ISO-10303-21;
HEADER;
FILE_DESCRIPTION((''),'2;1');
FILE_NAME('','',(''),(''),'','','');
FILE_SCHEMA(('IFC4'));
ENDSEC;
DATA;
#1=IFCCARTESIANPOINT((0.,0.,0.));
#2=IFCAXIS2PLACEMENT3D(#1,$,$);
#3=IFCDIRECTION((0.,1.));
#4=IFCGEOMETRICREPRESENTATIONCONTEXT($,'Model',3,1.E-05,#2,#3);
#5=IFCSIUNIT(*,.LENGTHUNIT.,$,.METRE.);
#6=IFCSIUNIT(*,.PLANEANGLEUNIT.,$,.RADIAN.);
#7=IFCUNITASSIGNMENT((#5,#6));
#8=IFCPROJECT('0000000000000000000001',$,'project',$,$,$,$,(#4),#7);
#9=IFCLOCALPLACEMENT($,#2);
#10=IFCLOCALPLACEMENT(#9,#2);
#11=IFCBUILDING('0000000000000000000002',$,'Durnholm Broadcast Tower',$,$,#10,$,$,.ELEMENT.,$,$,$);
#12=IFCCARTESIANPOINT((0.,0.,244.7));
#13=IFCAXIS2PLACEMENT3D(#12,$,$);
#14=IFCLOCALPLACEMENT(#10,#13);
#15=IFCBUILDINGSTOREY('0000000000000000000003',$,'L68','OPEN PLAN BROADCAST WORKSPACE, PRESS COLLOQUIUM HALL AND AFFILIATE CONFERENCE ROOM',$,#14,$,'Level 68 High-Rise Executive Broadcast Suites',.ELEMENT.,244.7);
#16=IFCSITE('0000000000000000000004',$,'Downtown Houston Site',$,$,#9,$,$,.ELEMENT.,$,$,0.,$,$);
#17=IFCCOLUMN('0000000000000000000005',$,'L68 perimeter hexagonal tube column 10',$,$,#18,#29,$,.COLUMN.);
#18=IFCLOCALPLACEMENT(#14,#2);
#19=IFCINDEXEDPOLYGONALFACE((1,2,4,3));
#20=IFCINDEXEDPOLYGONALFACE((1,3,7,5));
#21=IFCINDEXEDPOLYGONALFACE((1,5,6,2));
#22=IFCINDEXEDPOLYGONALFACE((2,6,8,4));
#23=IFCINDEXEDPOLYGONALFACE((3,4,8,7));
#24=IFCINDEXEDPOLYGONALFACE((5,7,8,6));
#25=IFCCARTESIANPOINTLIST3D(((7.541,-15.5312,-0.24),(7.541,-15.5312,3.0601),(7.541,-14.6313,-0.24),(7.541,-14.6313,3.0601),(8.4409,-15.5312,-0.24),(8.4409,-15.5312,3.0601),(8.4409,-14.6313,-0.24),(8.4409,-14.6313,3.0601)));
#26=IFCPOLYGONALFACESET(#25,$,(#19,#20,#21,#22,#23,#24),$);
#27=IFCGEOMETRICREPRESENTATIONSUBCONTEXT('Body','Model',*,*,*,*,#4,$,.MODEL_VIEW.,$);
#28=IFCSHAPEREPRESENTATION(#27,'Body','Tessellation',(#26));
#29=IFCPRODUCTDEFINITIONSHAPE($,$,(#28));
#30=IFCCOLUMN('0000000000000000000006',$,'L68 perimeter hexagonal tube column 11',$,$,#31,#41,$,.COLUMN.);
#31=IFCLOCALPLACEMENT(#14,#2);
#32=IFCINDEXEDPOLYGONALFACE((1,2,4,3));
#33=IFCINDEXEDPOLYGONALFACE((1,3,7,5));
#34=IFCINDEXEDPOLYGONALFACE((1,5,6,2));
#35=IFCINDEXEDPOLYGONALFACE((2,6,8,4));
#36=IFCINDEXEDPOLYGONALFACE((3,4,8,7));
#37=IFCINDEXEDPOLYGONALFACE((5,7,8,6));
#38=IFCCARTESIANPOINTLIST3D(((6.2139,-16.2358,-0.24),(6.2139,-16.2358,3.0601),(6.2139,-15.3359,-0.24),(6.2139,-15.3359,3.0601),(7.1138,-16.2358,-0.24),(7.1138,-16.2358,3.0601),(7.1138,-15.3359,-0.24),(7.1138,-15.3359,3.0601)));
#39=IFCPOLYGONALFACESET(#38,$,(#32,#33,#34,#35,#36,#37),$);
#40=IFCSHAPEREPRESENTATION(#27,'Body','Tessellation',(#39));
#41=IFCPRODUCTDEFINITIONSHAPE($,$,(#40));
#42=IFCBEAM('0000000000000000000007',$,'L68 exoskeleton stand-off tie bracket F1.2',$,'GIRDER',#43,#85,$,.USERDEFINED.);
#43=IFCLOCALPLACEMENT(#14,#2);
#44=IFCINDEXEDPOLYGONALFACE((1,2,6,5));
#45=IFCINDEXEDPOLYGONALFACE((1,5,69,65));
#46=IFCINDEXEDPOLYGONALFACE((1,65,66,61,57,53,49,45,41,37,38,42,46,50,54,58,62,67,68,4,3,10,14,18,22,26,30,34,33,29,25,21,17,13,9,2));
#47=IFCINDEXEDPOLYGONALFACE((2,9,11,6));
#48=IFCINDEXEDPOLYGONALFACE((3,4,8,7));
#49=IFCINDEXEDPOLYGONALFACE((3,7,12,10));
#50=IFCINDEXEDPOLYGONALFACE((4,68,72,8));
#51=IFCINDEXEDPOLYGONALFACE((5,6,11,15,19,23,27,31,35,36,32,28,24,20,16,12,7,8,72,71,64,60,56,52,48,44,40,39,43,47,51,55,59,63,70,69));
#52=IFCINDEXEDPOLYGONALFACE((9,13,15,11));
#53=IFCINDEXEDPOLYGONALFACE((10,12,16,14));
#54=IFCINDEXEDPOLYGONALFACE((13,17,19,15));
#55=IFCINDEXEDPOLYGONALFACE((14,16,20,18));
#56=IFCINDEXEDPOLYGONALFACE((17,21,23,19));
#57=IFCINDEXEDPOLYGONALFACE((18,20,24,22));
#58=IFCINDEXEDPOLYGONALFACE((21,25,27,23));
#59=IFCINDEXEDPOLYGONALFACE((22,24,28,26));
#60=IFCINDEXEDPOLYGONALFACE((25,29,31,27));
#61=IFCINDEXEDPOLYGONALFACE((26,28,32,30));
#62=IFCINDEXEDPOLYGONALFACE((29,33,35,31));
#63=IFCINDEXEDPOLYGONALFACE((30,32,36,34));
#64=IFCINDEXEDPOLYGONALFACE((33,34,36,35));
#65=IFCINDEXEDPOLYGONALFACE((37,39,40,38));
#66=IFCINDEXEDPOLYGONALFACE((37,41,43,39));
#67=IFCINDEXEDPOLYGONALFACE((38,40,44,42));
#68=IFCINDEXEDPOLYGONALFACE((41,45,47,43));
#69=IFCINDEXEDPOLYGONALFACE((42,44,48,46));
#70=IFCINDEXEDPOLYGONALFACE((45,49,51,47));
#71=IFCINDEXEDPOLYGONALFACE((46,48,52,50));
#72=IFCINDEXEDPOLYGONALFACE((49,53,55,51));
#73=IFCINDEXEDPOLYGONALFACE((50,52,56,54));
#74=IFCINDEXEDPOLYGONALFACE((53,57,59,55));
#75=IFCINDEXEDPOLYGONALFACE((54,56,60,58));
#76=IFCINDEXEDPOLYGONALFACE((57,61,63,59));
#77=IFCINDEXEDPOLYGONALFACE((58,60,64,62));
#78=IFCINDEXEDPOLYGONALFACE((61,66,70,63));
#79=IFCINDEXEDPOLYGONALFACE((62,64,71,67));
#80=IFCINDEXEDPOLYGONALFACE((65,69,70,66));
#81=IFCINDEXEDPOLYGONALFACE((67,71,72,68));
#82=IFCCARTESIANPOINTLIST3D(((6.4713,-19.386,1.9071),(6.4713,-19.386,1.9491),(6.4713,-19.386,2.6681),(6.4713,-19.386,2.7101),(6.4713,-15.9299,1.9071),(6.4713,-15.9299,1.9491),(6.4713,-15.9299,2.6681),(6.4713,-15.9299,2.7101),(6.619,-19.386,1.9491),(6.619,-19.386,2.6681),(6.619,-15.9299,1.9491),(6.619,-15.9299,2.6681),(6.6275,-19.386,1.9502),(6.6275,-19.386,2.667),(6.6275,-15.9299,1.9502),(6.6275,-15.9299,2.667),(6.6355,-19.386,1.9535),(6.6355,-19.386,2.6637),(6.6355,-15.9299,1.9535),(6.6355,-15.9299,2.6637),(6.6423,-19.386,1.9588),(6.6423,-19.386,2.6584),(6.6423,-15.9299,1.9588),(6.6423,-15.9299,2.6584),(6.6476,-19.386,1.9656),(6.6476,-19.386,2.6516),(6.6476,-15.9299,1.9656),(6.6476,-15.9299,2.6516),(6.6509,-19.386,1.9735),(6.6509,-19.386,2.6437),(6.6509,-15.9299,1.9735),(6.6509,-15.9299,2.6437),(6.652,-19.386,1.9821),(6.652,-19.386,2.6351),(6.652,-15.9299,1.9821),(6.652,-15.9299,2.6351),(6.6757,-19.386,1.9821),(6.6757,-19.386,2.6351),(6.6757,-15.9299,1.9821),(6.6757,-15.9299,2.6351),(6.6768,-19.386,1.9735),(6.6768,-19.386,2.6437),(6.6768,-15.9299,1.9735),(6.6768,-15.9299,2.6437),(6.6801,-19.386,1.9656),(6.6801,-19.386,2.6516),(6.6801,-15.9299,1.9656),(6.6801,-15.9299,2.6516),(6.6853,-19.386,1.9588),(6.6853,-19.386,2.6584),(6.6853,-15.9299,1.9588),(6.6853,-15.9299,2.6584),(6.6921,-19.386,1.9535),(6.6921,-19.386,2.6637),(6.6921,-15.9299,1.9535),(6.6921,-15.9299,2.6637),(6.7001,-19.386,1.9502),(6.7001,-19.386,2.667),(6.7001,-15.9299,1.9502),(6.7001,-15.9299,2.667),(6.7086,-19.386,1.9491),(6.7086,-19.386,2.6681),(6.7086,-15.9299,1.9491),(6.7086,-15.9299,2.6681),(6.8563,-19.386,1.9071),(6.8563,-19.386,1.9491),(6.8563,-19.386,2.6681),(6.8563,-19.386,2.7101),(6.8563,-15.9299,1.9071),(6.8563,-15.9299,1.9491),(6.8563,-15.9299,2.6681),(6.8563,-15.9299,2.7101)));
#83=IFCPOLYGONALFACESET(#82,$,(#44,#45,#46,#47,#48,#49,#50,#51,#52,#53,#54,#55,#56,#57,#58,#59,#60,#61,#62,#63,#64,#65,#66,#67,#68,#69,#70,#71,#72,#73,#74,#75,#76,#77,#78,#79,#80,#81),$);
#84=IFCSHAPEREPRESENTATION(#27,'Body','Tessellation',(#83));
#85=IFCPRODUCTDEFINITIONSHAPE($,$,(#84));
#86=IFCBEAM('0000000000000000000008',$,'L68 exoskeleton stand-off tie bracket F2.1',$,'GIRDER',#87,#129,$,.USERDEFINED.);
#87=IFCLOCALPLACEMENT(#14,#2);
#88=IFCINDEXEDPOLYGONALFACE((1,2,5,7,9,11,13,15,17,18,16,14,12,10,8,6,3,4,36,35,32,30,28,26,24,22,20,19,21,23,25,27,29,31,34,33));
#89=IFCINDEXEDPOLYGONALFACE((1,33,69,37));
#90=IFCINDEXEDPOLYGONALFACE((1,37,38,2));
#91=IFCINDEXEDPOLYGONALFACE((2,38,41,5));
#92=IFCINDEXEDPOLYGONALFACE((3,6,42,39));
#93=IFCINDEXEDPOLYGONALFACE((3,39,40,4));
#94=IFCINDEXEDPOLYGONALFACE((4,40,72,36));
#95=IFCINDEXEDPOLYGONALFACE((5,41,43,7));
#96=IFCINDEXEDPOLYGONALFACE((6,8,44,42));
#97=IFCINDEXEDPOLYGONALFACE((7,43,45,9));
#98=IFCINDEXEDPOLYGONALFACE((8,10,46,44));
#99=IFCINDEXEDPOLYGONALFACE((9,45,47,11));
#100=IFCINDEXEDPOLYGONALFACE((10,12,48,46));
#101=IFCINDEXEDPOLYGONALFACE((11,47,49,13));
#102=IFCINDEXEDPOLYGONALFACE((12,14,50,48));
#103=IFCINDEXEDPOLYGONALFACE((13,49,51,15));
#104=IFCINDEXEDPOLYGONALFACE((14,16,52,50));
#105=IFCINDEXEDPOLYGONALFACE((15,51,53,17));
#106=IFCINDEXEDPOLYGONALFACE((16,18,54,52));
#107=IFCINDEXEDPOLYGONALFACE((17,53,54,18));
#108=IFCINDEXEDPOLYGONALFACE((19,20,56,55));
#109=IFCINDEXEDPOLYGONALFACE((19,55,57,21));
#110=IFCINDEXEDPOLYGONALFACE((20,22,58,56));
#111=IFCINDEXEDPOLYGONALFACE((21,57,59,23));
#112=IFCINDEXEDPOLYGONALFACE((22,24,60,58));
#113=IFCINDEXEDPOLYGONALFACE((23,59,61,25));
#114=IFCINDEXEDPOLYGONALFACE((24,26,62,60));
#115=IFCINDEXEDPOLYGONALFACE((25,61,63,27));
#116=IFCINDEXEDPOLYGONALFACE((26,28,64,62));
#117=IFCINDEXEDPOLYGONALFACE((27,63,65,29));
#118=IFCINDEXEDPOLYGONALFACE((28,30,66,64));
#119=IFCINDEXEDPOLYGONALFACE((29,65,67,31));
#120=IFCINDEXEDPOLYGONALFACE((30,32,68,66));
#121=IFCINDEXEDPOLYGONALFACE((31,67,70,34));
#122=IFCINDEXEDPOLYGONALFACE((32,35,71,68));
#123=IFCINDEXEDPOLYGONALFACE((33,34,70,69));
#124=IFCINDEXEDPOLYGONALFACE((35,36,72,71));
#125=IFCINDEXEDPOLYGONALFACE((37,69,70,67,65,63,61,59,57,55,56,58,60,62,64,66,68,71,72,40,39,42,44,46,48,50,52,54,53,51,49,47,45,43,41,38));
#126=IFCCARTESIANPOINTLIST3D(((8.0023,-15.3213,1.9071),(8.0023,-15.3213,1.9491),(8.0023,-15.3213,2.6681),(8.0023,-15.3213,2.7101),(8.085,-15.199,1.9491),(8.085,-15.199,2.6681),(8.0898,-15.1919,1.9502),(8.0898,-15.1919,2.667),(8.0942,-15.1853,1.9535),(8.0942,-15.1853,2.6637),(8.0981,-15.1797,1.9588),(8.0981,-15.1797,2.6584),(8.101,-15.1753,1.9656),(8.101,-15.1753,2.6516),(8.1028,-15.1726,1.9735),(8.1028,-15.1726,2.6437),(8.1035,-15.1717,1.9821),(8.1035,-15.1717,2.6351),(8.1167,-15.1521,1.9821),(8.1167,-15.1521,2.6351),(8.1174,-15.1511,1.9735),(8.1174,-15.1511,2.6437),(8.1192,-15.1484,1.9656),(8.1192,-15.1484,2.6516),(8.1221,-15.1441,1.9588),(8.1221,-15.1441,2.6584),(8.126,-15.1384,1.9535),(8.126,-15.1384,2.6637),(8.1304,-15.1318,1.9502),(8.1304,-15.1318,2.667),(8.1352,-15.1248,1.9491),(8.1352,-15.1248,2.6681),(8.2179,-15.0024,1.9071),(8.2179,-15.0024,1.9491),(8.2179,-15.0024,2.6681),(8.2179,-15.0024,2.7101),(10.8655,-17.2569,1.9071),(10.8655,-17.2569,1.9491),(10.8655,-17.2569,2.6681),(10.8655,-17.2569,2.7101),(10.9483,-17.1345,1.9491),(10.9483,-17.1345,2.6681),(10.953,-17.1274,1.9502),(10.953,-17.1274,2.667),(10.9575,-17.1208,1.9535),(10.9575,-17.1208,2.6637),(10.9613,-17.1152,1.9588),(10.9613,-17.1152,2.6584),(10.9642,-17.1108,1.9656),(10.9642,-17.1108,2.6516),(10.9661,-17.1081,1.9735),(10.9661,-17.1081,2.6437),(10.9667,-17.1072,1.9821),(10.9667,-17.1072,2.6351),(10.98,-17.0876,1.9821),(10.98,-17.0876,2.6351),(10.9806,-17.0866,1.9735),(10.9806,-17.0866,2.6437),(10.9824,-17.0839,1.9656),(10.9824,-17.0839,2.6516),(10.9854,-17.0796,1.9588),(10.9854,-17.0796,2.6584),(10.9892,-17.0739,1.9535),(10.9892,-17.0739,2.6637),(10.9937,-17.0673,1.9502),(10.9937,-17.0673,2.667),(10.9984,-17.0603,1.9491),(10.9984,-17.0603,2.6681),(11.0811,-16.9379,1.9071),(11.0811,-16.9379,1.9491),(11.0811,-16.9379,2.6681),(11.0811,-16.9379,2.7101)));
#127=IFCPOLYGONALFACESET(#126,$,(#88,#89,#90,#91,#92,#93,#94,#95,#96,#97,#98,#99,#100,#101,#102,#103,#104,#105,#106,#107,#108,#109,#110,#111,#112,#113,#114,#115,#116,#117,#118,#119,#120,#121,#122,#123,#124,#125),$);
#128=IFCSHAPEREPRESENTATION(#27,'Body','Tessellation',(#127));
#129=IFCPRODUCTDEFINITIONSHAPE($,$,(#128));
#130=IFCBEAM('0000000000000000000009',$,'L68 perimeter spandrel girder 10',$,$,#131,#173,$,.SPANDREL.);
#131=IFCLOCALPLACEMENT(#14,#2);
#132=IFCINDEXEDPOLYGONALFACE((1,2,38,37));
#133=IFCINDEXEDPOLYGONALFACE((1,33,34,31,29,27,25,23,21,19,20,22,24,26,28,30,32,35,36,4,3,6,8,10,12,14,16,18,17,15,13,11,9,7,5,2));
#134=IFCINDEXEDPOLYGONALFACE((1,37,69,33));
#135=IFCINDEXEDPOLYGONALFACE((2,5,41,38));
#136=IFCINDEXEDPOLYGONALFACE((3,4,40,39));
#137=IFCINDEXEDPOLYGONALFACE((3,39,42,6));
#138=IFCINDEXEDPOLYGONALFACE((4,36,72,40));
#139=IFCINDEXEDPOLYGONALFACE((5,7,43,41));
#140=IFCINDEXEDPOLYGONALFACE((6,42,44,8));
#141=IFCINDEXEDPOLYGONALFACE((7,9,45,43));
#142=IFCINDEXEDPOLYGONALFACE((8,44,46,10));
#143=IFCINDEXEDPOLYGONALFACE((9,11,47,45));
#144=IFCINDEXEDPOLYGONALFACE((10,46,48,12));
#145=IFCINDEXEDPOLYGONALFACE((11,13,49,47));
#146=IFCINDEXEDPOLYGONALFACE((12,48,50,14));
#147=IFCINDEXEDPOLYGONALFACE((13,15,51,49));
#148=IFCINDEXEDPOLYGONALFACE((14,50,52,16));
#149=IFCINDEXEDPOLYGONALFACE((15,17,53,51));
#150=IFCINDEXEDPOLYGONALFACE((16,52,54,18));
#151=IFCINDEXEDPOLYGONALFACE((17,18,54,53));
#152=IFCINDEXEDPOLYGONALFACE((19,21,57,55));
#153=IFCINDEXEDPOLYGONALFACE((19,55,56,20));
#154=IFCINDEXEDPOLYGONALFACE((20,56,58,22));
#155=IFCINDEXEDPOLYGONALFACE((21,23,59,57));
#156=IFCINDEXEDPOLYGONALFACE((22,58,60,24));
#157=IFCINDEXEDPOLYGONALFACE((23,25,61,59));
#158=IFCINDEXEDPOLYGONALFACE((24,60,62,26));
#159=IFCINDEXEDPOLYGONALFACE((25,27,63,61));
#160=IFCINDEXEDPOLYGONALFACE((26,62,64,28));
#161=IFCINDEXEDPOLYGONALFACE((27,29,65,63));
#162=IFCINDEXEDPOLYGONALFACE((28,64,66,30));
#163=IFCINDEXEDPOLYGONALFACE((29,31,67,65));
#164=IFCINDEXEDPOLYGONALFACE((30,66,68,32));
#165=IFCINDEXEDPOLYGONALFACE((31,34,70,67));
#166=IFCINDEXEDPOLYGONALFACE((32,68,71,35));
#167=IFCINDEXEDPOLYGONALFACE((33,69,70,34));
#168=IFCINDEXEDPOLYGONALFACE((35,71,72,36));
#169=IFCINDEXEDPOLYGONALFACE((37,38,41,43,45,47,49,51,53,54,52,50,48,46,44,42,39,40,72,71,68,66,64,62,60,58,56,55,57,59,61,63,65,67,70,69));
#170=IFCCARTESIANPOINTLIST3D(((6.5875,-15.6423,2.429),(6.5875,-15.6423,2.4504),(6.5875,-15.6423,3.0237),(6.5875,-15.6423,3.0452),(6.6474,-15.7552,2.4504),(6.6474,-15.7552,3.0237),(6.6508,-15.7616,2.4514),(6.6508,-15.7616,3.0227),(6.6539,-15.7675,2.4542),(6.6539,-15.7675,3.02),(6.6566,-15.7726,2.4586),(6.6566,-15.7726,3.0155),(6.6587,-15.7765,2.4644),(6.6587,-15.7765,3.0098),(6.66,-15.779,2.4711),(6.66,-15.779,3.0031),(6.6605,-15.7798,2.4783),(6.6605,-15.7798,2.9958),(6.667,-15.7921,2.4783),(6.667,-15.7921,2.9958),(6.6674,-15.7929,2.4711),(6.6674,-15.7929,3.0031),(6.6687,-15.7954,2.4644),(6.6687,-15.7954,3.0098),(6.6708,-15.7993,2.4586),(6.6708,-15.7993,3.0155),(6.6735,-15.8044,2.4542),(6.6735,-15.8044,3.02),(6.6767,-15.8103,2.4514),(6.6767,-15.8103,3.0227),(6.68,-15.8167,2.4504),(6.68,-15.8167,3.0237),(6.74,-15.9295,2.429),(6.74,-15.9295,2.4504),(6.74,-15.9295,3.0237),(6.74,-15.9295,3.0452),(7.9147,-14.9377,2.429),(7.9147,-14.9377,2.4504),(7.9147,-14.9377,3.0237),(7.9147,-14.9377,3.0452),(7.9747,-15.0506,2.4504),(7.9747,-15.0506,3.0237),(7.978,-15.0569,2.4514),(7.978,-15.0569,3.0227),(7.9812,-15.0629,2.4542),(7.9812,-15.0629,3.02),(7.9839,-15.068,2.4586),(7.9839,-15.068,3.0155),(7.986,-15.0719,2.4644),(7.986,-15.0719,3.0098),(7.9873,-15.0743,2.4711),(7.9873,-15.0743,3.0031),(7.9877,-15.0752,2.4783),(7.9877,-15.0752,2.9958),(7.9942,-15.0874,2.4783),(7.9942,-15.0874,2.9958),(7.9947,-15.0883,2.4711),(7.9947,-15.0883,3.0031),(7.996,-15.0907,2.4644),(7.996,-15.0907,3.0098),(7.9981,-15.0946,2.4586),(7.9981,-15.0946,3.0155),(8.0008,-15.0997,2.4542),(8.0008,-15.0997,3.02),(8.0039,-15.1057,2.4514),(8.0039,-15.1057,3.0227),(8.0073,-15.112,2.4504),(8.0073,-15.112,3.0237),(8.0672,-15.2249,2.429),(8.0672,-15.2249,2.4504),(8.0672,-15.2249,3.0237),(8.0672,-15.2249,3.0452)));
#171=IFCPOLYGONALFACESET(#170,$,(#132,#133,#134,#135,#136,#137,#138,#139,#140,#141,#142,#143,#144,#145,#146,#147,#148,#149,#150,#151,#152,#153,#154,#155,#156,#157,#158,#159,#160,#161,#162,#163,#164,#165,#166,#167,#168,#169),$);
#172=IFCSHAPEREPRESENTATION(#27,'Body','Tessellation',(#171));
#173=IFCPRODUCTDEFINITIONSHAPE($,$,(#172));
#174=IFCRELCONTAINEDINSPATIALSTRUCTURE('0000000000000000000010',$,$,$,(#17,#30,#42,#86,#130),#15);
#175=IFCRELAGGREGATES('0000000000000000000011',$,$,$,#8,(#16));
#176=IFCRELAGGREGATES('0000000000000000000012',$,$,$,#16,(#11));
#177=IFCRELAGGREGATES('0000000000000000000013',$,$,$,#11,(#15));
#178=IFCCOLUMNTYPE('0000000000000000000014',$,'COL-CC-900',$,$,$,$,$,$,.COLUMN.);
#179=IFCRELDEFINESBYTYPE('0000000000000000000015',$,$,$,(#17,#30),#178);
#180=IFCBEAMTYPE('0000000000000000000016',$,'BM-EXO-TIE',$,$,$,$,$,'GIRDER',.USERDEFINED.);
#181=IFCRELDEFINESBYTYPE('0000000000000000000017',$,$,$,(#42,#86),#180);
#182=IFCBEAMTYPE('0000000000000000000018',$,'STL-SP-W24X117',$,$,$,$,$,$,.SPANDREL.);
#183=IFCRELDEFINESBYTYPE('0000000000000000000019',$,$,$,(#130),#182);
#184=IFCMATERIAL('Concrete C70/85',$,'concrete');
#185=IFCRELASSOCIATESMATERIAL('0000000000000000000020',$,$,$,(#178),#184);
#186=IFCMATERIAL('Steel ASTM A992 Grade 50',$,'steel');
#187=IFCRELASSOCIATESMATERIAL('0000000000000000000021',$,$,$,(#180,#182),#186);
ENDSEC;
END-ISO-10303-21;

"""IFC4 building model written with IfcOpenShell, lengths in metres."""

from ifc_helpers import new_model, si_unit, direction, frame, origin, origin_2d, place, context, subcontext, project, spatial, rectangle, i_section, extrude, source, transform, mapped, material, material_profile, profile_set, type_object, type_shapes, element, save


model = new_model("IFC4")

# Units and contexts
model_context = context("Model", 3, precision=1e-05, world=origin(), true_north=direction((0.0, 1.0)))
body_context = subcontext(model_context, "Body", "Model", "MODEL_VIEW")
ifc_project = project(units=[si_unit("LENGTHUNIT", "METRE"), si_unit("PLANEANGLEUNIT", "RADIAN")], contexts=[model_context])

# Site, building, storey
site_placement = place(None, origin())
site = spatial("IfcSite", under=ifc_project, at=site_placement, Name="Downtown Houston Site", CompositionType="ELEMENT", RefElevation=0.0)
building_placement = place(site_placement, origin())
building = spatial("IfcBuilding", under=site, at=building_placement, Name="Durnholm Broadcast Tower", CompositionType="ELEMENT")
storey_placement = place(building_placement, frame((0.0, 0.0, 244.7)))
storey = spatial("IfcBuildingStorey", under=building, at=storey_placement, Name="L68", Description="OPEN PLAN BROADCAST WORKSPACE, PRESS COLLOQUIUM HALL AND AFFILIATE CONFERENCE ROOM", LongName="Level 68 High-Rise Executive Broadcast Suites", CompositionType="ELEMENT", Elevation=244.7)

# Columns
ifc_material_1 = material(Name="Concrete C70/85", Category="concrete")
ifc_material_profile_1 = material_profile(ifc_material_1, rectangle(XDim=0.8999, YDim=0.8999, at=origin_2d()), Name="RC900X900")
ifc_profile_set_1 = profile_set([ifc_material_profile_1], Name="Concrete C70/85")
column_type = type_object("IfcColumnType", Name="COL-CC-900", PredefinedType="COLUMN", material=ifc_profile_set_1)
shared_shape_1 = source(origin(), body_context, "Body", "SweptSolid", [
    extrude(rectangle(XDim=0.8999, YDim=0.8999, at=origin_2d()), origin(), (0.0, 0.0, 1.0), 3.3),
])
type_shapes(column_type, [shared_shape_1])
for number, where, z_axis, x_axis, name in (
    (1, (7.991, -15.0813, -0.24), (0.0, 0.0, 1.0), (1.0, 0.0, 0.0), "L68 perimeter hexagonal tube column 10"),
    (2, (6.6638, -15.7859, -0.24), (0.0, 0.0, 1.0), (1.0, 0.0, 0.0), "L68 perimeter hexagonal tube column 11"),
):
    element("IfcColumn", number, at=place(storey_placement, frame(where, z_axis=z_axis, x_axis=x_axis)), inside=storey, type_object=column_type, Name=name, PredefinedType="COLUMN", context=body_context, shape_type="MappedRepresentation", body=[
        mapped(shared_shape_1, transform((0.0, 0.0, 0.0), x_axis=(1.0, 0.0, 0.0), y_axis=(0.0, 1.0, 0.0), z_axis=(0.0, 0.0, 1.0), scale=1.0)),
    ])

# Beams
ifc_material_2 = material(Name="Steel ASTM A992 Grade 50", Category="steel")
ifc_material_profile_2 = material_profile(ifc_material_2, i_section(OverallWidth=0.385, OverallDepth=0.803, WebThickness=0.0237, FlangeThickness=0.042, FilletRadius=0.033, at=origin_2d()), Name="W30X261")
ifc_profile_set_2 = profile_set([ifc_material_profile_2], Name="Steel ASTM A992 Grade 50")
beam_type_1 = type_object("IfcBeamType", Name="BM-EXO-TIE", ElementType="GIRDER", PredefinedType="USERDEFINED", material=ifc_profile_set_2)
shared_shape_2 = source(origin(), body_context, "Body", "SweptSolid", [
    extrude(i_section(OverallWidth=0.385, OverallDepth=0.803, WebThickness=0.0237, FlangeThickness=0.042, FilletRadius=0.033, at=origin_2d()), origin(), (0.0, 0.0, 1.0), 3.4561),
])
for number, where, z_axis, x_axis, name in (
    (3, (6.6638, -15.9299, 2.3086), (0.0, -1.0, 0.0), (1.0, 0.0, 0.0), "L68 exoskeleton stand-off tie bracket F1.2"),
    (4, (8.1101, -15.1619, 2.3086), (0.828468, -0.560036, 0.0), (0.560036, 0.828468, 0.0), "L68 exoskeleton stand-off tie bracket F2.1"),
):
    element("IfcBeam", number, at=place(storey_placement, frame(where, z_axis=z_axis, x_axis=x_axis)), inside=storey, type_object=beam_type_1, Name=name, ObjectType="GIRDER", PredefinedType="USERDEFINED", context=body_context, shape_type="MappedRepresentation", body=[
        mapped(shared_shape_2, transform((0.0, 0.0, 0.0), x_axis=(1.0, 0.0, 0.0), y_axis=(0.0, 1.0, 0.0), z_axis=(0.0, 0.0, 1.0), scale=1.0)),
    ])
ifc_material_profile_3 = material_profile(ifc_material_2, i_section(OverallWidth=0.3252, OverallDepth=0.6162, WebThickness=0.0139, FlangeThickness=0.0215, FilletRadius=0.0278, at=origin_2d()), Name="W24X117")
ifc_profile_set_3 = profile_set([ifc_material_profile_3], Name="Steel ASTM A992 Grade 50")
beam_type_2 = type_object("IfcBeamType", Name="STL-SP-W24X117", PredefinedType="SPANDREL", material=ifc_profile_set_3)
shared_shape_3 = source(origin(), body_context, "Body", "SweptSolid", [
    extrude(i_section(OverallWidth=0.3252, OverallDepth=0.6162, WebThickness=0.0139, FlangeThickness=0.0215, FilletRadius=0.0278, at=origin_2d()), origin(), (0.0, 0.0, 1.0), 1.5027),
])
beam_1_placement = place(storey_placement, frame((7.991, -15.0813, 2.7371), z_axis=(-0.883242, -0.468918, 0.0), x_axis=(0.468918, -0.883242, 0.0)))
element("IfcBeam", 5, at=beam_1_placement, inside=storey, type_object=beam_type_2, Name="L68 perimeter spandrel girder 10", PredefinedType="SPANDREL", context=body_context, shape_type="MappedRepresentation", body=[
    mapped(shared_shape_3, transform((0.0, 0.0, 0.0), x_axis=(1.0, 0.0, 0.0), y_axis=(0.0, 1.0, 0.0), z_axis=(0.0, 0.0, 1.0), scale=1.0)),
])

save(model, "model.ifc")
